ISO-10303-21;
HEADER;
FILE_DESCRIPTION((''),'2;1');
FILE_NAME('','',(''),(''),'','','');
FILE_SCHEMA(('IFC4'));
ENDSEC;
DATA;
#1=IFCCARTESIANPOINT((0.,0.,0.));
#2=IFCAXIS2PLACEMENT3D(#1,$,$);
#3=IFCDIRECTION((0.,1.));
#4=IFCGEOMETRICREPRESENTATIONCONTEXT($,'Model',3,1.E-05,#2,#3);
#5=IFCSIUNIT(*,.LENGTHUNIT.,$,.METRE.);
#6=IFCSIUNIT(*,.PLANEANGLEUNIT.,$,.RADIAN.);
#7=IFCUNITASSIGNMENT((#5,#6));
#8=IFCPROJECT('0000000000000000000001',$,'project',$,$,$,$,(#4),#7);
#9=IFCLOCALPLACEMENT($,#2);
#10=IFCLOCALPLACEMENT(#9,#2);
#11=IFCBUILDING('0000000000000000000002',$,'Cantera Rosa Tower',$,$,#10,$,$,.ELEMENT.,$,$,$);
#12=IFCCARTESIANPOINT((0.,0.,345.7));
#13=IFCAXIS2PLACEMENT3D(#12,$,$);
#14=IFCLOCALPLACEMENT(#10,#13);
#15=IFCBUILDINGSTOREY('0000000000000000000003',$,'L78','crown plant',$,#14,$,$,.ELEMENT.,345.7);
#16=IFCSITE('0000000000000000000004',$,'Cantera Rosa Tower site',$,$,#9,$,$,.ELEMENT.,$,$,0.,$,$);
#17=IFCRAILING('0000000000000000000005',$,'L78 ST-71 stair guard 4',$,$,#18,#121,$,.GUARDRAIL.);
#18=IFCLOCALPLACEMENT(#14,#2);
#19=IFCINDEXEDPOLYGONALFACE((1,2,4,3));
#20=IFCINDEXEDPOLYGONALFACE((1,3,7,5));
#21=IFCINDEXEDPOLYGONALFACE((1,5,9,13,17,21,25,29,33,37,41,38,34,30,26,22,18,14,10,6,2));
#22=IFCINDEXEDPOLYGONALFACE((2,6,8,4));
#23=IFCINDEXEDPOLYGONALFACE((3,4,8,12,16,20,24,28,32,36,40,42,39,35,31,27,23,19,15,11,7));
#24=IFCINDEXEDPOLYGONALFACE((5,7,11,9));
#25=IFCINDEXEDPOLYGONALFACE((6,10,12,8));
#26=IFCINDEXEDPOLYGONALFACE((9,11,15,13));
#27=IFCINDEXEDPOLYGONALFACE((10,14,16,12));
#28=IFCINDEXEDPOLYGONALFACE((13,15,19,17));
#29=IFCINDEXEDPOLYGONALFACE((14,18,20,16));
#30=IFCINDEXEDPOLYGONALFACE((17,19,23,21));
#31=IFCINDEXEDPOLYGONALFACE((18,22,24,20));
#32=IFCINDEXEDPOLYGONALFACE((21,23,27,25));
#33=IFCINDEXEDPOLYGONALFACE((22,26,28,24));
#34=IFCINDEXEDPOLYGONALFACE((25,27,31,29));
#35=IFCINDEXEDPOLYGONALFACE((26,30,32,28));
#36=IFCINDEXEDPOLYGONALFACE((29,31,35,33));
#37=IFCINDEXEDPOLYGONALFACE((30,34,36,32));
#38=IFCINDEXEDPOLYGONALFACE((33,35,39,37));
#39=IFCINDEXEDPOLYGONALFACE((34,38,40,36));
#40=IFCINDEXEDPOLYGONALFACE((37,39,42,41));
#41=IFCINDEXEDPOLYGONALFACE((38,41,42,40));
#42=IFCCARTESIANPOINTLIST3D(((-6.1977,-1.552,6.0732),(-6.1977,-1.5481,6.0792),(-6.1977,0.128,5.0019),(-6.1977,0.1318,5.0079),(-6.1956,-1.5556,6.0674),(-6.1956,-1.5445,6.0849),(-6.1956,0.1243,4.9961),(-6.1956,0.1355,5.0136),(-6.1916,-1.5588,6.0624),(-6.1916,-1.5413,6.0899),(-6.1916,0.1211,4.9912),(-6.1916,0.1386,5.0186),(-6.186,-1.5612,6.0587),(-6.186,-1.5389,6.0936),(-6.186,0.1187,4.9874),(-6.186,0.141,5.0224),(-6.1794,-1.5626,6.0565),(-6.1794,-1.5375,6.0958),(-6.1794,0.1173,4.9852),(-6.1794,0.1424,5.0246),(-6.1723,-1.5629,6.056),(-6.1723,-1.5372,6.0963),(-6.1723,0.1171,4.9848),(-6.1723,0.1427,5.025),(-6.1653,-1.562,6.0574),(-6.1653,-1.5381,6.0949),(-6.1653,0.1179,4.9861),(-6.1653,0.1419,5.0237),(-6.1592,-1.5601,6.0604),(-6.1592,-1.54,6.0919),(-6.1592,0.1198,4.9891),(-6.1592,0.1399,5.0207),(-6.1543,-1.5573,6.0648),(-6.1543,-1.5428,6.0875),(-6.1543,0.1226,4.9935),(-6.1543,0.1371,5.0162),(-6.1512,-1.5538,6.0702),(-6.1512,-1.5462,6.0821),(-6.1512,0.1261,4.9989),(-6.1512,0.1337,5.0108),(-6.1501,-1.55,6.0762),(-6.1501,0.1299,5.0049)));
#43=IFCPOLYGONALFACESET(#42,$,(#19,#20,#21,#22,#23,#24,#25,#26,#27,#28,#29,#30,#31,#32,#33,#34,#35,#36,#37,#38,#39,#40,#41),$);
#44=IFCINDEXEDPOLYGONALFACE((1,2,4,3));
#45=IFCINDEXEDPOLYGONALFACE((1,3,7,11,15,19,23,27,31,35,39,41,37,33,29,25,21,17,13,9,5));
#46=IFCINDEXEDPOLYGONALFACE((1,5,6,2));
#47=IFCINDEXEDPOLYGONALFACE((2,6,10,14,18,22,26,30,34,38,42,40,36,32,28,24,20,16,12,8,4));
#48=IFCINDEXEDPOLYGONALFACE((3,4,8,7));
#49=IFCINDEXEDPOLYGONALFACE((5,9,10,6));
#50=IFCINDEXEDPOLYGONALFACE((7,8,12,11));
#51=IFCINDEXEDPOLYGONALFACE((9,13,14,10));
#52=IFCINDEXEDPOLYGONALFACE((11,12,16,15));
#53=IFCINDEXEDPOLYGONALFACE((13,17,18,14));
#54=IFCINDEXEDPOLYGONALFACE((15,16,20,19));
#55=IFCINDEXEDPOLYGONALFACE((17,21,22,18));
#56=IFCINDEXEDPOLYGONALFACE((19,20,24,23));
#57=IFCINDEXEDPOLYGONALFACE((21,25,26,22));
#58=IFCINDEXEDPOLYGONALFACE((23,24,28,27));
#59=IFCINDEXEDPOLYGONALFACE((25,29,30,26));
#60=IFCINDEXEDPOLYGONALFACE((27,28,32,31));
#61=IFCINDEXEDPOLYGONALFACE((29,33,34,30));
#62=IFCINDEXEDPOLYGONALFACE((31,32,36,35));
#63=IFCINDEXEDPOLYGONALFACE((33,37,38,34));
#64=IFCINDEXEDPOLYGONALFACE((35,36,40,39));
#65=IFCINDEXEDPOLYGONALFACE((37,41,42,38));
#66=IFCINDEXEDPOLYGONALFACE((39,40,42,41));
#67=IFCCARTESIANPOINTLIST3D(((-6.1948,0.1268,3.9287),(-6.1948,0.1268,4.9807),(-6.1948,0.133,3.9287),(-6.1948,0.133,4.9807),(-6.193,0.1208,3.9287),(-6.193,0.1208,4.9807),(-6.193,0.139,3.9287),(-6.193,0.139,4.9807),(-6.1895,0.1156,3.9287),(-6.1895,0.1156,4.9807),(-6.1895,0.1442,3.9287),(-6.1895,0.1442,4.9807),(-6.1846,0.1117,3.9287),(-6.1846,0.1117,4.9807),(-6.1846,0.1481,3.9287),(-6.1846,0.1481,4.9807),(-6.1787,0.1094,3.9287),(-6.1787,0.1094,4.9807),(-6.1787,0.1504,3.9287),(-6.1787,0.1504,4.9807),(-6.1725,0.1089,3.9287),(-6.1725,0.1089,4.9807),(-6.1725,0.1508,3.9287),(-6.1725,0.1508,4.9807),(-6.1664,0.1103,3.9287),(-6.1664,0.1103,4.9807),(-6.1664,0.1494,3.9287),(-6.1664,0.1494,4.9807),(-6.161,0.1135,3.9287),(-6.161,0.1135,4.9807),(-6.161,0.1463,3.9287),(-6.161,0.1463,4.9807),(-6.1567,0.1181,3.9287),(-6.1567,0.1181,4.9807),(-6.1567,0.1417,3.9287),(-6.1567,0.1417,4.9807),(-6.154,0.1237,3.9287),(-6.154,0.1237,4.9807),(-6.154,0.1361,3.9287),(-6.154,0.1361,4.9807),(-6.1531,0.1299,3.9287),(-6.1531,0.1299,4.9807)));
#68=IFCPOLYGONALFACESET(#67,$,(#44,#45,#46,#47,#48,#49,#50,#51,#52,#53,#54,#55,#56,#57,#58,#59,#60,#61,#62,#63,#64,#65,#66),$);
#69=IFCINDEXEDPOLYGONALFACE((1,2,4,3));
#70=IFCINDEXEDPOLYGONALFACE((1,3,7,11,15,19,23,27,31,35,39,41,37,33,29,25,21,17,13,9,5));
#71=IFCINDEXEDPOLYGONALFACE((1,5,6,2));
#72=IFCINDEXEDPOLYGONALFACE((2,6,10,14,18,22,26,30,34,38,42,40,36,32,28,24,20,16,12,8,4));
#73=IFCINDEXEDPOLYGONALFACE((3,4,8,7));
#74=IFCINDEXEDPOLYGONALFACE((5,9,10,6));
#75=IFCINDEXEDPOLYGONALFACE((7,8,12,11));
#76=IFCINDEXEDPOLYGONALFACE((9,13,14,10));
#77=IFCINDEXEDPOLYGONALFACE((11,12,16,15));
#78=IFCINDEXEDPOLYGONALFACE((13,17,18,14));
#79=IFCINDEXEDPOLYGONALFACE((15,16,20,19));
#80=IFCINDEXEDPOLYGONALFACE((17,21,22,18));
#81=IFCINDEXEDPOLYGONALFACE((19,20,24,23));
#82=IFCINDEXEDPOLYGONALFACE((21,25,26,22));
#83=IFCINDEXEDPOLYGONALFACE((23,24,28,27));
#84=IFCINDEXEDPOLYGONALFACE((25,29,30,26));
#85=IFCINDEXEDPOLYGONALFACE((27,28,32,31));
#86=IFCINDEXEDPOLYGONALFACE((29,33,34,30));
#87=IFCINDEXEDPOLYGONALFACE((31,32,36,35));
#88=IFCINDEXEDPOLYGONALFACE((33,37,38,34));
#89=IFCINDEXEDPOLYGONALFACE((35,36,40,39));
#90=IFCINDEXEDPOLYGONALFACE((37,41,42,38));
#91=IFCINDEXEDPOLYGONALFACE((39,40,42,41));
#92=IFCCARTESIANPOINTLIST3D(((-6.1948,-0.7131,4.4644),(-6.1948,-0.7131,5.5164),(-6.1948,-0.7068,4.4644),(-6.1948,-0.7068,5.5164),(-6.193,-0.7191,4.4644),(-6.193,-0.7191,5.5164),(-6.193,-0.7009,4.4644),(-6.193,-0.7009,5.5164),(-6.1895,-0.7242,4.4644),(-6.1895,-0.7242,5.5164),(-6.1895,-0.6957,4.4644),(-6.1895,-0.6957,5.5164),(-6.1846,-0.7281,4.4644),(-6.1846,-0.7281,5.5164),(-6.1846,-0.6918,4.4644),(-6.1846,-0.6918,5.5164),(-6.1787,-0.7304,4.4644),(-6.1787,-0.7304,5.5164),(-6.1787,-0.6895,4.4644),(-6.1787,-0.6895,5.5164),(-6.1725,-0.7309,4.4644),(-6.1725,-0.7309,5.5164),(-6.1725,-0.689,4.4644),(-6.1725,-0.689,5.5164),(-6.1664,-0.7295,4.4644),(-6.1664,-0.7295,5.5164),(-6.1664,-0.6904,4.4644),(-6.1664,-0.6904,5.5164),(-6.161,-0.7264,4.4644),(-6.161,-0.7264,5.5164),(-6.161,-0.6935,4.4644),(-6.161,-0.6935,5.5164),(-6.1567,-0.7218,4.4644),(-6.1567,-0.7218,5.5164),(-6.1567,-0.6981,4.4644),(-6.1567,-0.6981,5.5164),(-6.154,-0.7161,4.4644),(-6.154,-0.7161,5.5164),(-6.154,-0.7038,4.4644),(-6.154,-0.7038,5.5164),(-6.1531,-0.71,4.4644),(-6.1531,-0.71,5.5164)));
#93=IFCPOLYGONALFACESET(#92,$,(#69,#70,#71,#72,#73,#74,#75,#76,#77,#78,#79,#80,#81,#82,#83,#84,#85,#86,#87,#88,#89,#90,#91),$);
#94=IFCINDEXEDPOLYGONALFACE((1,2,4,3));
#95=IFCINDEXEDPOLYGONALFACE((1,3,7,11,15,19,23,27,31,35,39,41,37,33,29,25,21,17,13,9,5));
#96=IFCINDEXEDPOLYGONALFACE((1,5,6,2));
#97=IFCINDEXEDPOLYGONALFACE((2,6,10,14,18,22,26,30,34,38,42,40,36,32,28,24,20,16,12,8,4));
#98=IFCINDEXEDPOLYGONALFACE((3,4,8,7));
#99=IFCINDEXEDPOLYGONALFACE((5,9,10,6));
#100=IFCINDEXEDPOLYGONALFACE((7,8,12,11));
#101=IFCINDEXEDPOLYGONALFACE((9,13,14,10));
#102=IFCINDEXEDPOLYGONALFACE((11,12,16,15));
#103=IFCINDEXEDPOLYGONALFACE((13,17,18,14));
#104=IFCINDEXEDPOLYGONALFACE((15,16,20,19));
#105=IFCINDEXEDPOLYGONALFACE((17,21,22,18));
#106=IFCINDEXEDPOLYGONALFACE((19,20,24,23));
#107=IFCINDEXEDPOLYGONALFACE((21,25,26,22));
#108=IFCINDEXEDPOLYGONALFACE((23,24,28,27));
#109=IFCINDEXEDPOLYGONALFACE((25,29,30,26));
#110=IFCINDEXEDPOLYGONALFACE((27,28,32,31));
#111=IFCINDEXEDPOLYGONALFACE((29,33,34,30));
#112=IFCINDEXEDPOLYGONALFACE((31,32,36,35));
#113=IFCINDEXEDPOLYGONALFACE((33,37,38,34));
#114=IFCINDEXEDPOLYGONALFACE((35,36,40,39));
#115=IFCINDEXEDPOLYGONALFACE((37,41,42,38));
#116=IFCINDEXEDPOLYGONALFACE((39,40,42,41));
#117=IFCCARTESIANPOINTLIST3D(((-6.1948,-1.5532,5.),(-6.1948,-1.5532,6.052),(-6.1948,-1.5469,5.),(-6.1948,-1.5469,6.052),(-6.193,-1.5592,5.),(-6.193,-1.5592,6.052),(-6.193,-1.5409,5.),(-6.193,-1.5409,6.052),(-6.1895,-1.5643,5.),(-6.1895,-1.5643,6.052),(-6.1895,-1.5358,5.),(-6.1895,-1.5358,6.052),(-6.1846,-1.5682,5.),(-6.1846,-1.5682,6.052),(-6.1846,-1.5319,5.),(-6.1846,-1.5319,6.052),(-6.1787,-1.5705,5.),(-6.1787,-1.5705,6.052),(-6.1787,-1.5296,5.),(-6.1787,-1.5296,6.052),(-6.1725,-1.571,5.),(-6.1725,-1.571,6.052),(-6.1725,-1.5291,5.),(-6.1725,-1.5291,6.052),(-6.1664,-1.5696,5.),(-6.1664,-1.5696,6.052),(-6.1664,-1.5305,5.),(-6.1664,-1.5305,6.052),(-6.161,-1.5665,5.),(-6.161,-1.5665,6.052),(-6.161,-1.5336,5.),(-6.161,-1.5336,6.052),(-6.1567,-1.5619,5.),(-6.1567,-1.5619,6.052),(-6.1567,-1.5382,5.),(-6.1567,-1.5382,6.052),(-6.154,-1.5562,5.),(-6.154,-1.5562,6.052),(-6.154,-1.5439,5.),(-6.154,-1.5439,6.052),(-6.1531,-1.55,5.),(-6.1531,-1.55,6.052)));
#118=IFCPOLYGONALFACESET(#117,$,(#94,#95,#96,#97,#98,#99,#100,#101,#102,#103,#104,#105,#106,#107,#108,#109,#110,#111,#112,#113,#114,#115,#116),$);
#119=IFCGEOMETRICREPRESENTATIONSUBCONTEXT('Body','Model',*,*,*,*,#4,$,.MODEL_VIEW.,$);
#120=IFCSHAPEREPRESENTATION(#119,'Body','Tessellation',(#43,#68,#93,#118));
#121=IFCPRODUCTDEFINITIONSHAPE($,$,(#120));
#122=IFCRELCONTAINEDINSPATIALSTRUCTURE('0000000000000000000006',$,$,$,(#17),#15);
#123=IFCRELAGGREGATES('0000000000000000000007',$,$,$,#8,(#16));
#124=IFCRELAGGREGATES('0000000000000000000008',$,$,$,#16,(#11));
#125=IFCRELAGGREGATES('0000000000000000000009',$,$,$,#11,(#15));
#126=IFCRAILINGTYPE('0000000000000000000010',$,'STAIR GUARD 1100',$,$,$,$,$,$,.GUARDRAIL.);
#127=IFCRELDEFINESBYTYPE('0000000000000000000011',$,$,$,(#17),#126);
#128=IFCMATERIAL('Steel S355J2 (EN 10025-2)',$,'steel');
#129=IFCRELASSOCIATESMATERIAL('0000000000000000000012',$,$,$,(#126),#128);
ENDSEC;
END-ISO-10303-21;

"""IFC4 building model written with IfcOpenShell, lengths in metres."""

from ifc_helpers import new_model, si_unit, direction, frame, origin, origin_2d, place, context, subcontext, project, spatial, circle, extrude, material, type_object, element, save


model = new_model("IFC4")

# Units and contexts
model_context = context("Model", 3, precision=1e-05, world=origin(), true_north=direction((0.0, 1.0)))
body_context = subcontext(model_context, "Body", "Model", "MODEL_VIEW")
ifc_project = project(units=[si_unit("LENGTHUNIT", "METRE"), si_unit("PLANEANGLEUNIT", "RADIAN")], contexts=[model_context])

# Site, building, storey
site_placement = place(None, origin())
site = spatial("IfcSite", under=ifc_project, at=site_placement, Name="Cantera Rosa Tower site", CompositionType="ELEMENT", RefElevation=0.0)
building_placement = place(site_placement, origin())
building = spatial("IfcBuilding", under=site, at=building_placement, Name="Cantera Rosa Tower", CompositionType="ELEMENT")
storey_placement = place(building_placement, frame((0.0, 0.0, 345.7)))
storey = spatial("IfcBuildingStorey", under=building, at=storey_placement, Name="L78", Description="crown plant", CompositionType="ELEMENT", Elevation=345.7)

# Railing
ifc_material_1 = material(Name="Steel S355J2 (EN 10025-2)", Category="steel")
railing_type_1 = type_object("IfcRailingType", Name="STAIR GUARD 1100", PredefinedType="GUARDRAIL", material=ifc_material_1)
railing_1_placement = place(storey_placement, frame((-6.1741, 0.1299, 3.9287)))
element("IfcRailing", 1, at=railing_1_placement, inside=storey, type_object=railing_type_1, Name="L78 ST-71 stair guard 4", PredefinedType="GUARDRAIL", context=body_context, shape_type="SweptSolid", body=[
    extrude(circle(Radius=0.0239, at=origin_2d()), frame((0.0, 0.0, 1.0762), z_axis=(0.0, -0.843152, 0.537676), x_axis=(1.0, 0.0, 0.0)), (0.0, 0.0, 1.0), 1.9924),
    extrude(circle(Radius=0.021, at=origin_2d()), origin(), (0.0, 0.0, 1.0), 1.052),
    extrude(circle(Radius=0.021, at=origin_2d()), frame((0.0, -0.8398, 0.5356)), (0.0, 0.0, 1.0), 1.052),
    extrude(circle(Radius=0.021, at=origin_2d()), frame((0.0, -1.6799, 1.0713)), (0.0, 0.0, 1.0), 1.052),
])

save(model, "model.ifc")
